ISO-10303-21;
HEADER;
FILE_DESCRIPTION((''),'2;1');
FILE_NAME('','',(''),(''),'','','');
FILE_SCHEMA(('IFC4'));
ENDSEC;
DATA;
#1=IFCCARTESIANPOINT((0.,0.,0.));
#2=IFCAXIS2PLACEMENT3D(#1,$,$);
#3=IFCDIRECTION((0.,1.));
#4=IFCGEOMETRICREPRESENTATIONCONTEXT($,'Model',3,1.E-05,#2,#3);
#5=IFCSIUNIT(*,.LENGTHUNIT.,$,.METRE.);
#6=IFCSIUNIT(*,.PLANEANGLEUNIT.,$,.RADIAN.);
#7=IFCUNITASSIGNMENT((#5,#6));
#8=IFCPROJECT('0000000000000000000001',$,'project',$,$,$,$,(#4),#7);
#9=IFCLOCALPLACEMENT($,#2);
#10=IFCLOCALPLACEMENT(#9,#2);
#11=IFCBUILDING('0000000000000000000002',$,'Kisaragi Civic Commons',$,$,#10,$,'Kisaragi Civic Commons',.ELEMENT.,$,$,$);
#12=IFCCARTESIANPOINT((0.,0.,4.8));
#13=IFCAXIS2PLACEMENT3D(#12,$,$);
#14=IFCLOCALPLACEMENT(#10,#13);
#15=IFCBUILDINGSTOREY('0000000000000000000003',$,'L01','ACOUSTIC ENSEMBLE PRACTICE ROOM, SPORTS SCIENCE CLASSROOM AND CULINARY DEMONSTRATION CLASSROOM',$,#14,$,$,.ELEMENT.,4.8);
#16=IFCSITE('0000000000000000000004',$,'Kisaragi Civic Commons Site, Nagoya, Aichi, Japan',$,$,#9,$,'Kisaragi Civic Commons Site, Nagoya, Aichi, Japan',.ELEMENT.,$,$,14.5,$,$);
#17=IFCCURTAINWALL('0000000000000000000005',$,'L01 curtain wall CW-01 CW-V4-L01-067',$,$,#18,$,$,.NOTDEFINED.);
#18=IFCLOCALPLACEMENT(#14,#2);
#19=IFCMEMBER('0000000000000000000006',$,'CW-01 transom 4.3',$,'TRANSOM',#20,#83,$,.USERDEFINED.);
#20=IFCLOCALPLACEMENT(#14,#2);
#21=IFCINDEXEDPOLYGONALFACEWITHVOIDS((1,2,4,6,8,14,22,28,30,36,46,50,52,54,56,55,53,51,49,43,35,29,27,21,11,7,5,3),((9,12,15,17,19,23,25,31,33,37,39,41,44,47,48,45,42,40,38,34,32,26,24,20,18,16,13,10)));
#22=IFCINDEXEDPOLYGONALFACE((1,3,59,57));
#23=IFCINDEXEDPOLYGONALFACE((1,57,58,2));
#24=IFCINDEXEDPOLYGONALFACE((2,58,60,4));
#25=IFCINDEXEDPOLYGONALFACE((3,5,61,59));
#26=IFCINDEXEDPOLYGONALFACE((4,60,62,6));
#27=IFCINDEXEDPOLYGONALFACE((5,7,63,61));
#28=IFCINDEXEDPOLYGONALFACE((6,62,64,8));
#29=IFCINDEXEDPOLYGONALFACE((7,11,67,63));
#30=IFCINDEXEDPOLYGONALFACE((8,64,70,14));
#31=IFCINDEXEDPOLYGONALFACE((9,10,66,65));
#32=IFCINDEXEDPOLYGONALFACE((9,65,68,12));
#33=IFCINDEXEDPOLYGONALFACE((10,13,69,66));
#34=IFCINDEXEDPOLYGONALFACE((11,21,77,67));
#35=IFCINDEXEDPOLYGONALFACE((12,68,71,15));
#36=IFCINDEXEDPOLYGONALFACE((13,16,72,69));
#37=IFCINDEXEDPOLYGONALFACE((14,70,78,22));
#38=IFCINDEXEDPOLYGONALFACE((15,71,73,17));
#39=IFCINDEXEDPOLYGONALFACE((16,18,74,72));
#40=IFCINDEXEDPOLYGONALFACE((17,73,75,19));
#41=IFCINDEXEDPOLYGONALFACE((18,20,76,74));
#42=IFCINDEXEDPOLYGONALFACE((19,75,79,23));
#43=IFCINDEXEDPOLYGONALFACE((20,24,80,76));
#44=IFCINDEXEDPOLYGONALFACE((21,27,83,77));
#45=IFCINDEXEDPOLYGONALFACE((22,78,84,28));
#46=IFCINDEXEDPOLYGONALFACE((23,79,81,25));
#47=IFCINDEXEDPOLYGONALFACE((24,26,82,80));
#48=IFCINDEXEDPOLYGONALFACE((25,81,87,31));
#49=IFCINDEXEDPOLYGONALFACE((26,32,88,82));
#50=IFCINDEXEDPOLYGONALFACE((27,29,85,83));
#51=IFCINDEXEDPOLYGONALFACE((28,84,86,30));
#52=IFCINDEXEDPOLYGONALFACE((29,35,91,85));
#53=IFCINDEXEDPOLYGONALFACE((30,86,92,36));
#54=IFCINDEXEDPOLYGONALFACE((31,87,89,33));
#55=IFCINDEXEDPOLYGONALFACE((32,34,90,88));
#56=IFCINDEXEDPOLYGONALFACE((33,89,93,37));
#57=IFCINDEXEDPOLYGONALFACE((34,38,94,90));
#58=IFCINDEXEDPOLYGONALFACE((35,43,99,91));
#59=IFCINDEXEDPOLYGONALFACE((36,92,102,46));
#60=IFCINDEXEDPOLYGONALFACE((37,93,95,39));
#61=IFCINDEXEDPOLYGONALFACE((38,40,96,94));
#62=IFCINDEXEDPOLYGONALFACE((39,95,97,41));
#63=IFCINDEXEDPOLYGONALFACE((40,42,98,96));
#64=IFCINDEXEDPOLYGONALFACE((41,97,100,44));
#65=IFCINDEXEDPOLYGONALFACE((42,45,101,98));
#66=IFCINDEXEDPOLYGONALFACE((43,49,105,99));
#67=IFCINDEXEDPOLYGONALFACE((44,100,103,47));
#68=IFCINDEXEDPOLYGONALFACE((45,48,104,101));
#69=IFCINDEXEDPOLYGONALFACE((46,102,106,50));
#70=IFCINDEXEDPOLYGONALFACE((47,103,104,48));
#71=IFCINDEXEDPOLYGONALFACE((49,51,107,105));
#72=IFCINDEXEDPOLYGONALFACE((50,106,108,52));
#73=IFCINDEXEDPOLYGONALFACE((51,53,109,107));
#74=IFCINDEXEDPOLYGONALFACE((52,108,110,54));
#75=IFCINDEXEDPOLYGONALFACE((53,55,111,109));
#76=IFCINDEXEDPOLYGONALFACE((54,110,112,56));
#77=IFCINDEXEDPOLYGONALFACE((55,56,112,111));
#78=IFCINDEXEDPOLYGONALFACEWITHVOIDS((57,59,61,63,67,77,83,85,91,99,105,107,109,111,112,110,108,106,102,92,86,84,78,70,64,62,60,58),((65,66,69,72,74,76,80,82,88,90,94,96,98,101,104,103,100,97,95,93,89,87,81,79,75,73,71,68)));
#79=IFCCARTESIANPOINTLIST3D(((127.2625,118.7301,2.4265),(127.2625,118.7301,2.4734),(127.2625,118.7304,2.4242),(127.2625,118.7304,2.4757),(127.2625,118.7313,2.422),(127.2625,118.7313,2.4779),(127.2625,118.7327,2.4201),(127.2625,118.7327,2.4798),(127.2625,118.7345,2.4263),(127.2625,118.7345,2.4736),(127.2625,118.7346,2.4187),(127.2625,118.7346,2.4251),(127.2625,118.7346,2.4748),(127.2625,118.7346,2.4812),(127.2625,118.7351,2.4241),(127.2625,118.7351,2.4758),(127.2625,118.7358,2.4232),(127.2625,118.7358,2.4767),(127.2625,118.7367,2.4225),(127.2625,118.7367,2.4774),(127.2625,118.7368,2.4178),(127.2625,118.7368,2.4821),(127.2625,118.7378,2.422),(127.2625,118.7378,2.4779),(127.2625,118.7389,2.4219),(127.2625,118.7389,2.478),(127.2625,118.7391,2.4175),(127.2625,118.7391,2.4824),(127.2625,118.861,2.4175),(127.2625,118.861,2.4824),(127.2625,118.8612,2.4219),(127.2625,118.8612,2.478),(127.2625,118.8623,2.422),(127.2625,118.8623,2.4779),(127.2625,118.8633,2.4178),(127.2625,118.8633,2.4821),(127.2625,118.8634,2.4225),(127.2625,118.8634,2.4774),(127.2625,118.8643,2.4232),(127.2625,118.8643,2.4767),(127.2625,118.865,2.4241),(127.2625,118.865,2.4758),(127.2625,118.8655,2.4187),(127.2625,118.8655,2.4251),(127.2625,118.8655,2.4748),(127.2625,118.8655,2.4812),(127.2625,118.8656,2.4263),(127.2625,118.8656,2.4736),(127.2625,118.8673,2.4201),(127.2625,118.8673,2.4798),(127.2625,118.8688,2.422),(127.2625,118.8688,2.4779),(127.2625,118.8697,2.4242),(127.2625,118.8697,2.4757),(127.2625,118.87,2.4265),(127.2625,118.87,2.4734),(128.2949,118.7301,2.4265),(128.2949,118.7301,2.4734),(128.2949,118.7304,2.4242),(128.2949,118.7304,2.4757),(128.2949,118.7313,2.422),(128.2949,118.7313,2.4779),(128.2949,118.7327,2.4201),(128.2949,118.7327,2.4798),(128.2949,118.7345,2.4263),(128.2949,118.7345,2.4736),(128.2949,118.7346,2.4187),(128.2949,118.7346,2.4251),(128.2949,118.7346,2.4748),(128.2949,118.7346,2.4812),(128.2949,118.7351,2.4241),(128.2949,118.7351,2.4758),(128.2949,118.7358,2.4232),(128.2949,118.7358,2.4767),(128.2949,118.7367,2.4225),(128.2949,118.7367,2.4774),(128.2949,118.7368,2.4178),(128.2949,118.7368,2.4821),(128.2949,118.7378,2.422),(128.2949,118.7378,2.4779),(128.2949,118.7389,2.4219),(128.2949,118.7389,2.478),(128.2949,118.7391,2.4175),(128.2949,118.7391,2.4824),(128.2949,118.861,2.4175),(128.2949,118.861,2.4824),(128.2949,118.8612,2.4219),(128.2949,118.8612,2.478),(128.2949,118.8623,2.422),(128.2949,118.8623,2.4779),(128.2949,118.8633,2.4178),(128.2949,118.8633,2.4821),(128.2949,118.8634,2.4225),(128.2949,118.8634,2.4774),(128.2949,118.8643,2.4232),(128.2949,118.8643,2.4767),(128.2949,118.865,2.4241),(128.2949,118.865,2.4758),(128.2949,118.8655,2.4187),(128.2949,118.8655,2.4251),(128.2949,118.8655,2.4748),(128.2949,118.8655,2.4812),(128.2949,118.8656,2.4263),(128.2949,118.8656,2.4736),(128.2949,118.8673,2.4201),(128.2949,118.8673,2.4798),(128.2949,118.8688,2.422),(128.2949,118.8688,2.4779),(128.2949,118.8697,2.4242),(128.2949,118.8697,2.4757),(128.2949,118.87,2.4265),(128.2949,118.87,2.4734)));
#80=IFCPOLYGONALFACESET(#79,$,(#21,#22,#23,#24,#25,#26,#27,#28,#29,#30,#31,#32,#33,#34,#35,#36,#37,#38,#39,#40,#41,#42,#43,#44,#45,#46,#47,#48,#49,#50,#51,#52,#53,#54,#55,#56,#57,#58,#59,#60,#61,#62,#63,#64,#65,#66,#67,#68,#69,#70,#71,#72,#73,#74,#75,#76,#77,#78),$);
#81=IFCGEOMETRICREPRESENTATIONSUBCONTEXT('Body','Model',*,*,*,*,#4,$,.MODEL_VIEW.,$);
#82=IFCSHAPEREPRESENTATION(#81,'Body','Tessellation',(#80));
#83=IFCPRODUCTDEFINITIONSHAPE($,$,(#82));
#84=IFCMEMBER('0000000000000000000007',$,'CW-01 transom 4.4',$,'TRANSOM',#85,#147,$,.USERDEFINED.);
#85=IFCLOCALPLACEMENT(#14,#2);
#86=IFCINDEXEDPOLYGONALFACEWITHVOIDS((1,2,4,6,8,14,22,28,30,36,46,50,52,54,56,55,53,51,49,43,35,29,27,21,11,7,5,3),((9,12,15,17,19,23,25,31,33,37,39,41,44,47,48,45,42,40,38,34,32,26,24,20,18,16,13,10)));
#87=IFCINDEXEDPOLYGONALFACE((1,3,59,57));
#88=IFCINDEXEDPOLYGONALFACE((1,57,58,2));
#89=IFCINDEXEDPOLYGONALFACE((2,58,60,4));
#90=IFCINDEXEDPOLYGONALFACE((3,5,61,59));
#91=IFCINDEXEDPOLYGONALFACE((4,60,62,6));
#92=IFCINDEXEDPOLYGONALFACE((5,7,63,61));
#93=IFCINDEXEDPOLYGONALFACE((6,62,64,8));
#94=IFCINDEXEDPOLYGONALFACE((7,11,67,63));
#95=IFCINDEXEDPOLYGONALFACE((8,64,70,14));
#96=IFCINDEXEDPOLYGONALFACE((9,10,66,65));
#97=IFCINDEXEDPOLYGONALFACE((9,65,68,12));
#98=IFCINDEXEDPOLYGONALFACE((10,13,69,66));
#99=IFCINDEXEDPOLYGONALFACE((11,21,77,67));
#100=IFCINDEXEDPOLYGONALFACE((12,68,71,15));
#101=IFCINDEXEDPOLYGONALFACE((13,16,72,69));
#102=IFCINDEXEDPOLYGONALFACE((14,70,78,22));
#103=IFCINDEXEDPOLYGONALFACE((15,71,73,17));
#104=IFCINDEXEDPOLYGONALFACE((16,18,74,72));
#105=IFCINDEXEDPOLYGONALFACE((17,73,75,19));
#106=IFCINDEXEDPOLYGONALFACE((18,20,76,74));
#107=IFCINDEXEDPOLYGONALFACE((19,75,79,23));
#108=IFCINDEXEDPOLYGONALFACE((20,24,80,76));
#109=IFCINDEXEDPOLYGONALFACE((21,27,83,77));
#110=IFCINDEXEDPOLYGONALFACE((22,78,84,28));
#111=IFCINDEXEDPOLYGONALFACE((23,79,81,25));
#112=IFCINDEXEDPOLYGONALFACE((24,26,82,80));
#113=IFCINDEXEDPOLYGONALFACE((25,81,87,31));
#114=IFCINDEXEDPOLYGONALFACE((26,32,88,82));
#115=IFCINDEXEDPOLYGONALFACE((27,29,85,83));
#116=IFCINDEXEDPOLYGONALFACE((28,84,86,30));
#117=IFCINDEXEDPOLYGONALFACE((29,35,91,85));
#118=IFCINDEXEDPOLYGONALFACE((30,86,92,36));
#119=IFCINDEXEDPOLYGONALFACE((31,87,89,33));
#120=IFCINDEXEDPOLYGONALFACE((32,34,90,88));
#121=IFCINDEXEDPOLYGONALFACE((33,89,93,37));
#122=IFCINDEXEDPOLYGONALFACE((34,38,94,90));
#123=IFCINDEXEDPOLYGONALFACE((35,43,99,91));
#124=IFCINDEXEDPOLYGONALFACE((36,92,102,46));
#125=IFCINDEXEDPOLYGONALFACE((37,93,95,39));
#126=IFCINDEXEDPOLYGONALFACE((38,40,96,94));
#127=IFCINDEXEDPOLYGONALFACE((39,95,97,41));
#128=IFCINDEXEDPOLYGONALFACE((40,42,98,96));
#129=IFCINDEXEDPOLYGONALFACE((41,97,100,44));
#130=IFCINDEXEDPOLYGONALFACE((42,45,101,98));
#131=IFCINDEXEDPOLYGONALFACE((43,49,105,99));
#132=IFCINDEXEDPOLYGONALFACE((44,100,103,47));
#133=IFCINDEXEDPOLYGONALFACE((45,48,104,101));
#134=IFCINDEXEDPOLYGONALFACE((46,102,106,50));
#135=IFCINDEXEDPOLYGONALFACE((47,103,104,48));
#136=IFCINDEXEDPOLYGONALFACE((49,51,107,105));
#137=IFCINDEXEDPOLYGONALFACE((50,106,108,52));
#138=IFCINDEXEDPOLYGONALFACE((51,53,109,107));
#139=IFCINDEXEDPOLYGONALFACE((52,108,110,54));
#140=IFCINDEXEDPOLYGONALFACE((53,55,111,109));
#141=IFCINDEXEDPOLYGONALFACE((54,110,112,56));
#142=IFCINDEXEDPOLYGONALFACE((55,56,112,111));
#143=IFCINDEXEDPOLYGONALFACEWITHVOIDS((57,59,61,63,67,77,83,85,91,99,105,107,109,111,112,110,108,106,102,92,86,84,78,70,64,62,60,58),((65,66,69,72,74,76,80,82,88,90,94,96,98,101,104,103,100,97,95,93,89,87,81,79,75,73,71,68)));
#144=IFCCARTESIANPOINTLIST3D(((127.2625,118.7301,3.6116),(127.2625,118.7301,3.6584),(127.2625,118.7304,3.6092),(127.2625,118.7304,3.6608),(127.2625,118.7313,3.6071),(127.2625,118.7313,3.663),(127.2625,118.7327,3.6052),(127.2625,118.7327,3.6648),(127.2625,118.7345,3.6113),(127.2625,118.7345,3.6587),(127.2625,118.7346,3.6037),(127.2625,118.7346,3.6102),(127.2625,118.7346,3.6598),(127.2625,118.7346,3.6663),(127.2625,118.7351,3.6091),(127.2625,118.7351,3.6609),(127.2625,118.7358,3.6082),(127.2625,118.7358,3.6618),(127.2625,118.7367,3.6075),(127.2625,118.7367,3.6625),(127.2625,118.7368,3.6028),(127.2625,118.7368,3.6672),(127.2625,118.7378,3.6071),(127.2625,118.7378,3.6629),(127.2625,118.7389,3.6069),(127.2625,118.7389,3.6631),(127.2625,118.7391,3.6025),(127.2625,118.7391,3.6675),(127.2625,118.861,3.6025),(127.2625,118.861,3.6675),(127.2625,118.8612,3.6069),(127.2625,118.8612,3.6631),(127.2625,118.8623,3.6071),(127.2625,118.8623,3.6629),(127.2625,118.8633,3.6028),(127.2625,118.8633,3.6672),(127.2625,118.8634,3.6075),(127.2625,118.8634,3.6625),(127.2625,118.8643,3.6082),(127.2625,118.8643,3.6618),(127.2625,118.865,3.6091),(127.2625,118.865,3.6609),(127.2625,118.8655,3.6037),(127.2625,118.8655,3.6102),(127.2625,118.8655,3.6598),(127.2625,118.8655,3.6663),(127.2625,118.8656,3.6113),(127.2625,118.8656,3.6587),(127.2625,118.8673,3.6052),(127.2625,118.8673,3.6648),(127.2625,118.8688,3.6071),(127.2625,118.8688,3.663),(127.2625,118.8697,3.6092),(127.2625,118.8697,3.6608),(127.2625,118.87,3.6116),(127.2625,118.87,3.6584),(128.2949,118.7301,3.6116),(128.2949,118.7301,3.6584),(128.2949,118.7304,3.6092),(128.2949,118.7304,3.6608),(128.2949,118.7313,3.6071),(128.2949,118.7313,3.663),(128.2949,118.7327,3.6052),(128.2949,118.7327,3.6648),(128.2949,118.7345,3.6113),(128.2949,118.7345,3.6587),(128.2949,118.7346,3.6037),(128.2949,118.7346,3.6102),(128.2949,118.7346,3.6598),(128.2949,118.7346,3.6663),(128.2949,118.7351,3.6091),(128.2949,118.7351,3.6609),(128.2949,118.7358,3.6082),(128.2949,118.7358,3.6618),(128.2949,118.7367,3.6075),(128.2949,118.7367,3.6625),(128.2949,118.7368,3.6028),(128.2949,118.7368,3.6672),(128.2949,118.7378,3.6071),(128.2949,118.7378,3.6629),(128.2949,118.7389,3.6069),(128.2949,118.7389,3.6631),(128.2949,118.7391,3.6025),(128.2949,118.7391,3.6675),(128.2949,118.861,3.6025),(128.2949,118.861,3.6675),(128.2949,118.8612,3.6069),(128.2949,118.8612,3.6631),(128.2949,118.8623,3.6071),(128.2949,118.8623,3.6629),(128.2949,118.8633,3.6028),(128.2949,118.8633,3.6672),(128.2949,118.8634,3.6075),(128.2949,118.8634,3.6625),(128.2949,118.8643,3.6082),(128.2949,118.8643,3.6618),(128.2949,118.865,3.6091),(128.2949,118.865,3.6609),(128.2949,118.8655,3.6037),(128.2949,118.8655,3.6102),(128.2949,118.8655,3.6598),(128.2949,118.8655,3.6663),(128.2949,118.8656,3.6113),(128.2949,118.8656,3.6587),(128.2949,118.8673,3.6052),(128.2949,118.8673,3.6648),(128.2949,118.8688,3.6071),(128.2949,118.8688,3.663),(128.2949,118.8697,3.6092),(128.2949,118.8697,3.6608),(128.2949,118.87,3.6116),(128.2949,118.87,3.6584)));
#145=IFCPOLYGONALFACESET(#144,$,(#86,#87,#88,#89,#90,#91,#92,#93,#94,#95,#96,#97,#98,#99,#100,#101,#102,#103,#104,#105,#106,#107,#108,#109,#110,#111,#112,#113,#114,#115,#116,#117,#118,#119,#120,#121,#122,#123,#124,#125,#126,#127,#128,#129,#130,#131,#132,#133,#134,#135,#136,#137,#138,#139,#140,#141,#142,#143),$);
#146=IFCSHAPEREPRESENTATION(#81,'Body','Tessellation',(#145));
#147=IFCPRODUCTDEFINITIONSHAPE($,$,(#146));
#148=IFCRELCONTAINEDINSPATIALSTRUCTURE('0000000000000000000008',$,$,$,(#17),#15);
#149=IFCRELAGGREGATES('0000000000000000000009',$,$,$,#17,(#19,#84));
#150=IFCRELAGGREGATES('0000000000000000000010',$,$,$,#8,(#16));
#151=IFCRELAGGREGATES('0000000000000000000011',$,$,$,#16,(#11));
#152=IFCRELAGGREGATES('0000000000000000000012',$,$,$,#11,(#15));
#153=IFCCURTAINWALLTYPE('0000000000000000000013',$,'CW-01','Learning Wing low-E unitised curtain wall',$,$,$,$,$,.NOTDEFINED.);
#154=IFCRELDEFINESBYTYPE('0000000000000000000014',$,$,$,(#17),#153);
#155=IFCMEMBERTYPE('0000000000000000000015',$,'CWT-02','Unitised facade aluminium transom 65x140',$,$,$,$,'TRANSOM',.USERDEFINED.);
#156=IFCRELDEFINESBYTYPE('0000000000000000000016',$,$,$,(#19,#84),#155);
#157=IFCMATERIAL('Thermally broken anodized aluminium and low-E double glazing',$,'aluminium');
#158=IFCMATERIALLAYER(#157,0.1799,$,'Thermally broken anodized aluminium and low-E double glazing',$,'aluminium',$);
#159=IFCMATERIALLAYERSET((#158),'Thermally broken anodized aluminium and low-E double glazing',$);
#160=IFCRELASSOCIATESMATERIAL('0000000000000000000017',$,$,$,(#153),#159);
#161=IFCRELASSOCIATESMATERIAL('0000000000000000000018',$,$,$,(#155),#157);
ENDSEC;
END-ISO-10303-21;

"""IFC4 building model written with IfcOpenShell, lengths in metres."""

from ifc_helpers import new_model, si_unit, direction, frame, origin, origin_2d, place, context, subcontext, project, spatial, hollow_rectangle, extrude, material, layer, layer_set, material_profile, profile_set, type_object, element, aggregate, save


model = new_model("IFC4")

# Units and contexts
model_context = context("Model", 3, precision=1e-05, world=origin(), true_north=direction((0.0, 1.0)))
body_context = subcontext(model_context, "Body", "Model", "MODEL_VIEW")
ifc_project = project(units=[si_unit("LENGTHUNIT", "METRE"), si_unit("PLANEANGLEUNIT", "RADIAN")], contexts=[model_context])

# Site, building, storey
site_placement = place(None, origin())
site = spatial("IfcSite", under=ifc_project, at=site_placement, Name="Kisaragi Civic Commons Site, Nagoya, Aichi, Japan", LongName="Kisaragi Civic Commons Site, Nagoya, Aichi, Japan", CompositionType="ELEMENT", RefElevation=14.5)
building_placement = place(site_placement, origin())
building = spatial("IfcBuilding", under=site, at=building_placement, Name="Kisaragi Civic Commons", LongName="Kisaragi Civic Commons", CompositionType="ELEMENT")
storey_placement = place(building_placement, frame((0.0, 0.0, 4.8)))
storey = spatial("IfcBuildingStorey", under=building, at=storey_placement, Name="L01", Description="ACOUSTIC ENSEMBLE PRACTICE ROOM, SPORTS SCIENCE CLASSROOM AND CULINARY DEMONSTRATION CLASSROOM", CompositionType="ELEMENT", Elevation=4.8)

# Curtain wall
ifc_material = material(Name="Thermally broken anodized aluminium and low-E double glazing", Category="aluminium")
ifc_layer_1 = layer(ifc_material, 0.1799, Name="Thermally broken anodized aluminium and low-E double glazing", Category="aluminium")
ifc_layer_set_1 = layer_set([ifc_layer_1], Name="Thermally broken anodized aluminium and low-E double glazing")
curtain_wall_type = type_object("IfcCurtainWallType", Name="CW-01", Description="Learning Wing low-E unitised curtain wall", PredefinedType="NOTDEFINED", material=ifc_layer_set_1)
curtain_wall_1_placement = place(storey_placement, origin())
curtain_wall_1 = element("IfcCurtainWall", 1, at=curtain_wall_1_placement, inside=storey, type_object=curtain_wall_type, Name="L01 curtain wall CW-01 CW-V4-L01-067", PredefinedType="NOTDEFINED")

# Members
ifc_material_profile_1 = material_profile(ifc_material, hollow_rectangle(XDim=0.1399, YDim=0.0649, WallThickness=0.0044, InnerFilletRadius=0.0044, OuterFilletRadius=0.009, at=origin_2d()), Name="CWT-65x140x4.5", Category="aluminium")
ifc_profile_set_1 = profile_set([ifc_material_profile_1], Name="Thermally broken anodized aluminium and low-E double glazing")
member_type_1 = type_object("IfcMemberType", Name="CWT-02", Description="Unitised facade aluminium transom 65x140", ElementType="TRANSOM", PredefinedType="USERDEFINED", material=ifc_profile_set_1)
member_1_placement = place(storey_placement, frame((127.2625, 118.8, 2.45), z_axis=(1.0, 0.0, 0.0), x_axis=(0.0, 1.0, 0.0)))
member_1 = element("IfcMember", 2, at=member_1_placement, type_object=member_type_1, Name="CW-01 transom 4.3", ObjectType="TRANSOM", PredefinedType="USERDEFINED", context=body_context, shape_type="SweptSolid", body=[
    extrude(hollow_rectangle(XDim=0.1399, YDim=0.0649, WallThickness=0.0044, InnerFilletRadius=0.0044, OuterFilletRadius=0.009, at=origin_2d()), origin(), (0.0, 0.0, 1.0), 1.0325),
])
member_2_placement = place(storey_placement, frame((127.2625, 118.8, 3.635), z_axis=(1.0, 0.0, 0.0), x_axis=(0.0, 1.0, 0.0)))
member_2 = element("IfcMember", 3, at=member_2_placement, type_object=member_type_1, Name="CW-01 transom 4.4", ObjectType="TRANSOM", PredefinedType="USERDEFINED", context=body_context, shape_type="SweptSolid", body=[
    extrude(hollow_rectangle(XDim=0.1399, YDim=0.0649, WallThickness=0.0044, InnerFilletRadius=0.0044, OuterFilletRadius=0.009, at=origin_2d()), origin(), (0.0, 0.0, 1.0), 1.0325),
])

aggregate(curtain_wall_1, [member_1, member_2])

save(model, "model.ifc")
